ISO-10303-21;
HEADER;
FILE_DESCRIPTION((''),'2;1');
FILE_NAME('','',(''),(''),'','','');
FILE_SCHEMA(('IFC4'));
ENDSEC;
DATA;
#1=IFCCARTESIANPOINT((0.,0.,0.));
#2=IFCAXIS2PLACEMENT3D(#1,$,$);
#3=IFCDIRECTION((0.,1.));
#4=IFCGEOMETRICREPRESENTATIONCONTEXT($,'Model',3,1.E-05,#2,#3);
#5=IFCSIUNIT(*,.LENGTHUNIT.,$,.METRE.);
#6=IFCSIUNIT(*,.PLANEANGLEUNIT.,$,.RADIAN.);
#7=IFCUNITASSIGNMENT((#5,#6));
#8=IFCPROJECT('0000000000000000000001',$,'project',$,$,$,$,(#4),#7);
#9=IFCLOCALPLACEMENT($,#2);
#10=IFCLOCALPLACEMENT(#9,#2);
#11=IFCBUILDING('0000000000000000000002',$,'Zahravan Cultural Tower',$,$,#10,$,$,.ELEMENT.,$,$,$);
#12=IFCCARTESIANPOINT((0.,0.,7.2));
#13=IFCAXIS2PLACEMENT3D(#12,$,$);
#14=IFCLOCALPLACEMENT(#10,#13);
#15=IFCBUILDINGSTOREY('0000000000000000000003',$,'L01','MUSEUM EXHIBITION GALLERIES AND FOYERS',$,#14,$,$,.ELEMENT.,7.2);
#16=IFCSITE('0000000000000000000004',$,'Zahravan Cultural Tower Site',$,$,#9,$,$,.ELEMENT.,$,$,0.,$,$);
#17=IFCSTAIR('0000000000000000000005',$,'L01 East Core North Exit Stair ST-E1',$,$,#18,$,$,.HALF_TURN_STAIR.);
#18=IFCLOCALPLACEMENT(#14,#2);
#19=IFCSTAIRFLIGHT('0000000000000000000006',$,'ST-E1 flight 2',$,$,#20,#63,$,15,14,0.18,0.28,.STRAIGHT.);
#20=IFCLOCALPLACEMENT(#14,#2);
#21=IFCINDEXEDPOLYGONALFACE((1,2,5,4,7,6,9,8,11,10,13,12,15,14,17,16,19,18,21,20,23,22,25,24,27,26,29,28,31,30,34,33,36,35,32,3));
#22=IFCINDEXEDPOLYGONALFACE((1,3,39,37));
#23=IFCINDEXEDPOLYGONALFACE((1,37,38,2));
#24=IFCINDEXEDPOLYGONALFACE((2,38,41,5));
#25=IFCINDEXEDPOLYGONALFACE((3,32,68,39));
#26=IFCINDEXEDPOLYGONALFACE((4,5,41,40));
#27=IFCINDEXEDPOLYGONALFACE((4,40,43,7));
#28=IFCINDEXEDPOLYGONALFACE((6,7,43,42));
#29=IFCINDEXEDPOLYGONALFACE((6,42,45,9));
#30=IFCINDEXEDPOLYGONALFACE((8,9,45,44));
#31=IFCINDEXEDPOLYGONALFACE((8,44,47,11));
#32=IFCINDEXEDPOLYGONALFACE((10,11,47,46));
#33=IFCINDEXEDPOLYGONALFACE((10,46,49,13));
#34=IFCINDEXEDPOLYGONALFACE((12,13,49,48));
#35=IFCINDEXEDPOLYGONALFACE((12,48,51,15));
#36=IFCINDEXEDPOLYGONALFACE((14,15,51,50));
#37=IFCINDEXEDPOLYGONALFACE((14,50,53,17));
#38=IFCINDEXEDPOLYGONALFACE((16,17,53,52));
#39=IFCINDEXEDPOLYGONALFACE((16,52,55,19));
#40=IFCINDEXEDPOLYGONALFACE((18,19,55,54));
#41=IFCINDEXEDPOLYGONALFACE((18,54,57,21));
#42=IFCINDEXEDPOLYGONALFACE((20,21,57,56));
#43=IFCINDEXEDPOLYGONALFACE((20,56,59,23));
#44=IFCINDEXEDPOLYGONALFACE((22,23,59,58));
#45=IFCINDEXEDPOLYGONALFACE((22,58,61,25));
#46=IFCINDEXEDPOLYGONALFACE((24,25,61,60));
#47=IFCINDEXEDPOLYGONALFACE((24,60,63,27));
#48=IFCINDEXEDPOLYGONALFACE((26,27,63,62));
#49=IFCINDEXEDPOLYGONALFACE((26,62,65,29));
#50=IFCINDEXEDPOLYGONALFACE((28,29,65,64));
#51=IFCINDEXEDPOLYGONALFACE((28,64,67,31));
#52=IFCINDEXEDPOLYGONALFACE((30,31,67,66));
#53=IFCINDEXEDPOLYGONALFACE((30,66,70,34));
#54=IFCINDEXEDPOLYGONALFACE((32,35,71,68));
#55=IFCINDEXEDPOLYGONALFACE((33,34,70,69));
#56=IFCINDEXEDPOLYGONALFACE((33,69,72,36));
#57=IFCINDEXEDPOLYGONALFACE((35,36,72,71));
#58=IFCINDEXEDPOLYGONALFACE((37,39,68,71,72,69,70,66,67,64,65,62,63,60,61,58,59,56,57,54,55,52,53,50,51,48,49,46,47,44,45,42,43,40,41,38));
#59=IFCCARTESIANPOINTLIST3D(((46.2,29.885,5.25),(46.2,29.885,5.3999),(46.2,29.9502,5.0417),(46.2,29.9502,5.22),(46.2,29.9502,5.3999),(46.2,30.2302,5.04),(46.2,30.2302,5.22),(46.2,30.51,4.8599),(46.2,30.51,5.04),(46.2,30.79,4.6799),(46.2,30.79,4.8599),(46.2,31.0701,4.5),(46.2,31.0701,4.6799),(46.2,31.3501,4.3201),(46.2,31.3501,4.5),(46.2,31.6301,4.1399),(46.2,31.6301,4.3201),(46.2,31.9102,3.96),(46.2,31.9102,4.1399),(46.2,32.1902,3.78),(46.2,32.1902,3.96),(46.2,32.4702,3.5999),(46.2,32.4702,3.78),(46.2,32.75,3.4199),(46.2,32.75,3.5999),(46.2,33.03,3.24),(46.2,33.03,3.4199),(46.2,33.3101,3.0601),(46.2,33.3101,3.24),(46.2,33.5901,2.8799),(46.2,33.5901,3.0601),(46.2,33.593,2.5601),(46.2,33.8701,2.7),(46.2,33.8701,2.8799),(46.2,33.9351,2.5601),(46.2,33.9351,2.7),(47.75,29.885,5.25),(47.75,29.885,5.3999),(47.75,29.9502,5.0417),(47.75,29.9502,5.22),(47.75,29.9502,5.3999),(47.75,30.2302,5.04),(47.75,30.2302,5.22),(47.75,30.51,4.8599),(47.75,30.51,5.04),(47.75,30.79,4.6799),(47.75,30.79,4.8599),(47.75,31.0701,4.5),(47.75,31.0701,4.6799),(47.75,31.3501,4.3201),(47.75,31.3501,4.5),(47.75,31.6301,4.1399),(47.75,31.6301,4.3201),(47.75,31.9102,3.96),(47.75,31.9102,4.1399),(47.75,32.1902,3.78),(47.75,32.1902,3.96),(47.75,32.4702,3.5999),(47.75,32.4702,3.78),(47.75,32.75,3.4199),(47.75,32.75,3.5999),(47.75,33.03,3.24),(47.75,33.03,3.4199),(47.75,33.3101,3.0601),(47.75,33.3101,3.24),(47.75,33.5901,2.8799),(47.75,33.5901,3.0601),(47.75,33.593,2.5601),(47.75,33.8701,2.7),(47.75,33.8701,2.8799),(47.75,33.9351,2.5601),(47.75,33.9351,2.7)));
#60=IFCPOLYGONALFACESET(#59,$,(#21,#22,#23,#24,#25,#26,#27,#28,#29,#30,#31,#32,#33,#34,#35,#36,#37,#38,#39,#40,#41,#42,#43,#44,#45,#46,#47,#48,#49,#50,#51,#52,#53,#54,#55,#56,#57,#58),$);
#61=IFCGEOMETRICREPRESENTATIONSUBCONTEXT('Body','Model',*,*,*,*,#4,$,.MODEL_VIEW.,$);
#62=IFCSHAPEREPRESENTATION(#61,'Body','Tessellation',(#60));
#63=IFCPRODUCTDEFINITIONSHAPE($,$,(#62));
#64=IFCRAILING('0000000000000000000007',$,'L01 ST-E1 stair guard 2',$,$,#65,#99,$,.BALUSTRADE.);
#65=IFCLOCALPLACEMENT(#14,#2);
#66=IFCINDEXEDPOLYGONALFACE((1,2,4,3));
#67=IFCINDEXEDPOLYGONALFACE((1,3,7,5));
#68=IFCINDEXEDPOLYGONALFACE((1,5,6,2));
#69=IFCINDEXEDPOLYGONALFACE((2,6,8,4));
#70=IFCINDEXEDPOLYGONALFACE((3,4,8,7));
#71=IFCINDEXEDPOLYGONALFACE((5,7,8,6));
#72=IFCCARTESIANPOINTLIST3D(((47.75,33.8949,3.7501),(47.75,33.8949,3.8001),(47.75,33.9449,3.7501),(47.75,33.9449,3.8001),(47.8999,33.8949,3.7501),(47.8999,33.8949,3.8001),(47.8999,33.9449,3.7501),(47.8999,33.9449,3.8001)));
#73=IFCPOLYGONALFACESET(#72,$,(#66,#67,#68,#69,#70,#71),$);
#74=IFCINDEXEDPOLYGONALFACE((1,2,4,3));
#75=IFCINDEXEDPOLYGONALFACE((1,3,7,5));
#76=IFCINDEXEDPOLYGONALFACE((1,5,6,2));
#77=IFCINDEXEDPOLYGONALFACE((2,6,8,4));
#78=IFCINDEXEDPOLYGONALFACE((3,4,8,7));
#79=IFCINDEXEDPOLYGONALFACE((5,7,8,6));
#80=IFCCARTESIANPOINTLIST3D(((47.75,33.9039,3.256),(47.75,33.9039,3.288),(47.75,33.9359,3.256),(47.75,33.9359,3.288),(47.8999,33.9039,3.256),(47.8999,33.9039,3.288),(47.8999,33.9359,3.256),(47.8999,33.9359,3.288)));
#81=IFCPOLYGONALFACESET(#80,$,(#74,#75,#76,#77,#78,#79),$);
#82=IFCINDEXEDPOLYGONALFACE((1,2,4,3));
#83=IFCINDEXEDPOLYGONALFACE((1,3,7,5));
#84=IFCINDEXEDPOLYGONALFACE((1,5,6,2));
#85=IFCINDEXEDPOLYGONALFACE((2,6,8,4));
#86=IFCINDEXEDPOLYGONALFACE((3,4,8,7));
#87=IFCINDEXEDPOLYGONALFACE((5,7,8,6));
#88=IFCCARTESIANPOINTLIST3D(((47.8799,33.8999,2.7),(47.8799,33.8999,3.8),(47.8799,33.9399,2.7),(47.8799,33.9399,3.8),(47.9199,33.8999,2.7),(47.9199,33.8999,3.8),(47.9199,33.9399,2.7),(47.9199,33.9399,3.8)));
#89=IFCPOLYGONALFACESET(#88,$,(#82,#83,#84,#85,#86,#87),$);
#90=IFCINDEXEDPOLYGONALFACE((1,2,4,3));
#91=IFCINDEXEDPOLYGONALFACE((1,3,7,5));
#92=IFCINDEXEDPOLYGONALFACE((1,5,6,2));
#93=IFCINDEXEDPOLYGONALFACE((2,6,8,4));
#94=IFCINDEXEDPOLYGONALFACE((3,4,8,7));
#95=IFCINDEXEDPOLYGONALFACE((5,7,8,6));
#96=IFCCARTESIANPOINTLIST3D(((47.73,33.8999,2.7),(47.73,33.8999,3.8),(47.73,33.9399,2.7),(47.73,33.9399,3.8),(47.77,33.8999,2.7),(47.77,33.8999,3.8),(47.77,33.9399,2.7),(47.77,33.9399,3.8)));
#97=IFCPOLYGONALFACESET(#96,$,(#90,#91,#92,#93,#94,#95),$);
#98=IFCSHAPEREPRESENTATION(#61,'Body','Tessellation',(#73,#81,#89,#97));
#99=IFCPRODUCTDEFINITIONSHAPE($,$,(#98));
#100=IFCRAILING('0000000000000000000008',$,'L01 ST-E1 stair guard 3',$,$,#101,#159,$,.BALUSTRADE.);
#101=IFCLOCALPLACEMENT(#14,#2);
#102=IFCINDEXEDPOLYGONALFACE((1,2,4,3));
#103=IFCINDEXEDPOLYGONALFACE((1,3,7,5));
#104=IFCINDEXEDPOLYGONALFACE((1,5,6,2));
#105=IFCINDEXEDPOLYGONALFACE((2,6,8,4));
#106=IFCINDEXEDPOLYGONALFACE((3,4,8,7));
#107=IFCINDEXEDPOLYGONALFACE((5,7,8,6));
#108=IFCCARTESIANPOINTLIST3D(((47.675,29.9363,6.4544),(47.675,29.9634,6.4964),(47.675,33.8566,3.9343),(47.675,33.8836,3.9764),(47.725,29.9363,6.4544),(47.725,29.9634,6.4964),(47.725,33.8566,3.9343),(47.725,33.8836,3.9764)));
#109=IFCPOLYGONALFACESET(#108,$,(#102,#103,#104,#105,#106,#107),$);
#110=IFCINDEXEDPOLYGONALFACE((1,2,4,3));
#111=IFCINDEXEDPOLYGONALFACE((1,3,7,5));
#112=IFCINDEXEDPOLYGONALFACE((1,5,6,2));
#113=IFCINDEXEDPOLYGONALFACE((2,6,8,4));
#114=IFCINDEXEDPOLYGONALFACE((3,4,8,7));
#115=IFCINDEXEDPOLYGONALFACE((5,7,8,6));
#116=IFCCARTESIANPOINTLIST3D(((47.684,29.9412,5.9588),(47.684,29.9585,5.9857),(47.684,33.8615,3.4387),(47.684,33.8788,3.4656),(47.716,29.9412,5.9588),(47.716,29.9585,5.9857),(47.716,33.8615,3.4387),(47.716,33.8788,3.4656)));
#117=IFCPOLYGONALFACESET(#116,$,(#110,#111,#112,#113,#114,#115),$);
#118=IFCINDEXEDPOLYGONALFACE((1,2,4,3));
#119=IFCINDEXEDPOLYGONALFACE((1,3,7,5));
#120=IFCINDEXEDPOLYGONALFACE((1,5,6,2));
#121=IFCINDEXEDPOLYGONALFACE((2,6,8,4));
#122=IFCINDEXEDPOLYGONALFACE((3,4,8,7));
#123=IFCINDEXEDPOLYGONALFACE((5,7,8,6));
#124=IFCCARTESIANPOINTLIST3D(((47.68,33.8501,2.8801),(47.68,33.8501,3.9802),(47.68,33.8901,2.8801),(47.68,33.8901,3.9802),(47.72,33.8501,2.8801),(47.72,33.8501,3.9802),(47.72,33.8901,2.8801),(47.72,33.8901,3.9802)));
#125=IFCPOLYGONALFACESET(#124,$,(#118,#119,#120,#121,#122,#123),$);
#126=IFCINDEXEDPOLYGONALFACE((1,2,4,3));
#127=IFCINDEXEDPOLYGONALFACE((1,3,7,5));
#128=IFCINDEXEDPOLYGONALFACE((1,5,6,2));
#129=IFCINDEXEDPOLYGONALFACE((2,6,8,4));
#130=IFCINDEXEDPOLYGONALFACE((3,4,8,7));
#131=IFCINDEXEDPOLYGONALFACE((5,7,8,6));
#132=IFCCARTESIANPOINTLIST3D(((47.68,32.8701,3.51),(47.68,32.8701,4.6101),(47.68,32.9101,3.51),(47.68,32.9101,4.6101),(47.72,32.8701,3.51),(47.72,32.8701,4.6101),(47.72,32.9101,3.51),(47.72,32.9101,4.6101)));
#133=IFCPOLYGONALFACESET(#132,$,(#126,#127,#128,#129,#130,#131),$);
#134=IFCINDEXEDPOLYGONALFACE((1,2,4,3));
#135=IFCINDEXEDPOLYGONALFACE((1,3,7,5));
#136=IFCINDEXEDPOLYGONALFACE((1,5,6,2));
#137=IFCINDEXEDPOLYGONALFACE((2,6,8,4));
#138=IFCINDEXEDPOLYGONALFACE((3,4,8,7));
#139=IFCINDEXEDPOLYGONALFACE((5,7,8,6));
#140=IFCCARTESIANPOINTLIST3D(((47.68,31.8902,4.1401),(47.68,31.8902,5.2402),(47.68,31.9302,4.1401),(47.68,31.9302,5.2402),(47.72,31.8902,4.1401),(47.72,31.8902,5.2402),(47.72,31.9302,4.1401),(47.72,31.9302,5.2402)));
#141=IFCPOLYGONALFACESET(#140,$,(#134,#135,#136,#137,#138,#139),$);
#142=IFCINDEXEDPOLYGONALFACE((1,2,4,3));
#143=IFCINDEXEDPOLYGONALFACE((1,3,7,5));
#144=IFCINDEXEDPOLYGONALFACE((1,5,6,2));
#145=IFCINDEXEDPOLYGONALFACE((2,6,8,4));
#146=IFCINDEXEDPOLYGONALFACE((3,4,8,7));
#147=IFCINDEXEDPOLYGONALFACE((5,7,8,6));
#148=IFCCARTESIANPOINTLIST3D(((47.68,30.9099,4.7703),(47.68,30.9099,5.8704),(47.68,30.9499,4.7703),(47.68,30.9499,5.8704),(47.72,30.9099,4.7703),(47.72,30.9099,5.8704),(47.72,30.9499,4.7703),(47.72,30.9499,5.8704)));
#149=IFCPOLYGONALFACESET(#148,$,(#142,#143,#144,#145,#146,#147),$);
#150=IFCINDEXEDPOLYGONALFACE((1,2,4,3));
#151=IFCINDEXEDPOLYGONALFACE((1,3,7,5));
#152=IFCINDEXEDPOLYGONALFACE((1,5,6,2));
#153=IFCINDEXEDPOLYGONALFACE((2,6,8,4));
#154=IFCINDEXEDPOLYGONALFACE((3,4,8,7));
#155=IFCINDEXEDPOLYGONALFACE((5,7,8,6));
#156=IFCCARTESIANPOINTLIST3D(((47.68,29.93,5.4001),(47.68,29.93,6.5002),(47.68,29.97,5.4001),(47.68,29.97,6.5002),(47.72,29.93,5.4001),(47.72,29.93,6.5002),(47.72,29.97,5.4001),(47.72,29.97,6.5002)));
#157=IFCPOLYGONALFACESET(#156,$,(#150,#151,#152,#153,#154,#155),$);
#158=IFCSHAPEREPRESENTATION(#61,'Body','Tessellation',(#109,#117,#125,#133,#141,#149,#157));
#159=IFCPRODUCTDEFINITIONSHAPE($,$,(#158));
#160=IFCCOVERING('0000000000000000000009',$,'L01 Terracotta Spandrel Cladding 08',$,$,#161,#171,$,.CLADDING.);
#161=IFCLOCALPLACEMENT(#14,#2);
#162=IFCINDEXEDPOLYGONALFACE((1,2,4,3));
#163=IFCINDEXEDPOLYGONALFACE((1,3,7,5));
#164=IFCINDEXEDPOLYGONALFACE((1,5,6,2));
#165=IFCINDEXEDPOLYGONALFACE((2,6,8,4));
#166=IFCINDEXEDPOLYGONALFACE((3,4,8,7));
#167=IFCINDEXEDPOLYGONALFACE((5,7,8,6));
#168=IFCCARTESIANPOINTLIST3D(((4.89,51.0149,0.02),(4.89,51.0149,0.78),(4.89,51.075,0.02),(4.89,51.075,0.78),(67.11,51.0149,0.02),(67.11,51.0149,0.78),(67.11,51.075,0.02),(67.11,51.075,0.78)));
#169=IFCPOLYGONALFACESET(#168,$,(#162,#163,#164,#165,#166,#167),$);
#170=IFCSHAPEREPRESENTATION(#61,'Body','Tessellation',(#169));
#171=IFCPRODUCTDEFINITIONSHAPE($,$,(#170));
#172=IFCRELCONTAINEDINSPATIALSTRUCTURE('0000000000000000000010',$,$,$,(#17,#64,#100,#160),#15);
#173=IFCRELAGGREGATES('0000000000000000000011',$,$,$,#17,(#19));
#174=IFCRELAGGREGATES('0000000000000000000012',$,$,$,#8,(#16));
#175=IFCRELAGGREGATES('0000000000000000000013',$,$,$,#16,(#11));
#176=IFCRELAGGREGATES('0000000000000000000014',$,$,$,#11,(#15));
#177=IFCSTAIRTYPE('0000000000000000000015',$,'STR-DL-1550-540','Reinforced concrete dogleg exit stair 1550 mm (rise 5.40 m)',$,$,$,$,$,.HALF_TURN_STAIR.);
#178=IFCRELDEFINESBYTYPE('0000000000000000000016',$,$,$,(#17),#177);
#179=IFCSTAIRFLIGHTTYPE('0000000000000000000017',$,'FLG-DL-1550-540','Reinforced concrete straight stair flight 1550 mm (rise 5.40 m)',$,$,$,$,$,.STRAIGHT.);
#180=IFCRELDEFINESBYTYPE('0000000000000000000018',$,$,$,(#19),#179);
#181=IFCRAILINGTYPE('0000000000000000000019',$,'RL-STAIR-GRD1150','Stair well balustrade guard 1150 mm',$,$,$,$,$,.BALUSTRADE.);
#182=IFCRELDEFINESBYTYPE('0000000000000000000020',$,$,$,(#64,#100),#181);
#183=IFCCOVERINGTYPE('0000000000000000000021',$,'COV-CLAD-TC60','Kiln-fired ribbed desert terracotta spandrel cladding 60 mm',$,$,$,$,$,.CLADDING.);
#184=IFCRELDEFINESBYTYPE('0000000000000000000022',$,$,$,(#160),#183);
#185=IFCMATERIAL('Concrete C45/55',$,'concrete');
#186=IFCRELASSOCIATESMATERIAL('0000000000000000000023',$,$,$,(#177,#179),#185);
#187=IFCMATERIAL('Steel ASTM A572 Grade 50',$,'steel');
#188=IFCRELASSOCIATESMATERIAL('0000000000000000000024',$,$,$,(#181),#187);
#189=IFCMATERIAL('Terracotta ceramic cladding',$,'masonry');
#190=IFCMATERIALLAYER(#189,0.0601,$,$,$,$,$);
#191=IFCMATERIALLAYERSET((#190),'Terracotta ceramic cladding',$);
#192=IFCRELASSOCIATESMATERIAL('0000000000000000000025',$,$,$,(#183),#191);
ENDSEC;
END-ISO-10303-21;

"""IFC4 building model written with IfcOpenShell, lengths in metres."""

from ifc_helpers import new_model, si_unit, direction, frame, origin, origin_2d, place, context, subcontext, project, spatial, polyline, rectangle, outline, extrude, source, transform, mapped, material, layer, layer_set, type_object, element, aggregate, save


model = new_model("IFC4")

# Units and contexts
model_context = context("Model", 3, precision=1e-05, world=origin(), true_north=direction((0.0, 1.0)))
body_context = subcontext(model_context, "Body", "Model", "MODEL_VIEW")
ifc_project = project(units=[si_unit("LENGTHUNIT", "METRE"), si_unit("PLANEANGLEUNIT", "RADIAN")], contexts=[model_context])

# Site, building, storey
site_placement = place(None, origin())
site = spatial("IfcSite", under=ifc_project, at=site_placement, Name="Zahravan Cultural Tower Site", CompositionType="ELEMENT", RefElevation=0.0)
building_placement = place(site_placement, origin())
building = spatial("IfcBuilding", under=site, at=building_placement, Name="Zahravan Cultural Tower", CompositionType="ELEMENT")
storey_placement = place(building_placement, frame((0.0, 0.0, 7.2)))
storey = spatial("IfcBuildingStorey", under=building, at=storey_placement, Name="L01", Description="MUSEUM EXHIBITION GALLERIES AND FOYERS", CompositionType="ELEMENT", Elevation=7.2)

# Shared definitions
ifc_material_1 = material(Name="Steel ASTM A572 Grade 50", Category="steel")

# Shared definitions
ifc_material_2 = material(Name="Concrete C45/55", Category="concrete")

# Stair, stair flight
stair_type = type_object("IfcStairType", Name="STR-DL-1550-540", Description="Reinforced concrete dogleg exit stair 1550 mm (rise 5.40 m)", PredefinedType="HALF_TURN_STAIR", material=ifc_material_2)
stair_placement = place(storey_placement, origin())
stair = element("IfcStair", 1, at=stair_placement, inside=storey, type_object=stair_type, Name="L01 East Core North Exit Stair ST-E1", PredefinedType="HALF_TURN_STAIR")
stair_flight_type = type_object("IfcStairFlightType", Name="FLG-DL-1550-540", Description="Reinforced concrete straight stair flight 1550 mm (rise 5.40 m)", PredefinedType="STRAIGHT", material=ifc_material_2)
stair_flight_placement = place(storey_placement, frame((46.9751, 33.8701, 2.7), z_axis=(0.0, 0.0, 1.0), x_axis=(0.0, -1.0, 0.0)))
stair_flight = element("IfcStairFlight", 2, at=stair_flight_placement, type_object=stair_flight_type, Name="ST-E1 flight 2", NumberOfRisers=15, NumberOfTreads=14, PredefinedType="STRAIGHT", RiserHeight=0.18, TreadLength=0.28, context=body_context, shape_type="SweptSolid", body=[
    extrude(outline(polyline([(-0.0649, -0.1399), (-0.0649, 0.0), (0.0, 0.0), (0.0, 0.1799), (0.28, 0.1799), (0.28, 0.3601), (0.5601, 0.3601), (0.5601, 0.54), (0.8401, 0.54), (0.8401, 0.72), (1.1201, 0.72), (1.1201, 0.8999), (1.3999, 0.8999), (1.3999, 1.0801), (1.6799, 1.0801), (1.6799, 1.26), (1.96, 1.26), (1.96, 1.4399), (2.24, 1.4399), (2.24, 1.6201), (2.52, 1.6201), (2.52, 1.8), (2.8, 1.8), (2.8, 1.98), (3.0801, 1.98), (3.0801, 2.1599), (3.3601, 2.1599), (3.3601, 2.3401), (3.6399, 2.3401), (3.6399, 2.52), (3.9199, 2.52), (3.9199, 2.7), (3.9851, 2.7), (3.9851, 2.55), (3.9199, 2.3418), (0.2771, -0.1399), (-0.0649, -0.1399)])), frame((0.0, 0.7749, 0.0), z_axis=(0.0, -1.0, 0.0), x_axis=(1.0, 0.0, 0.0)), (0.0, 0.0, 1.0), 1.55),
])
aggregate(stair, [stair_flight])

# Railings
railing_type = type_object("IfcRailingType", Name="RL-STAIR-GRD1150", Description="Stair well balustrade guard 1150 mm", PredefinedType="BALUSTRADE", material=ifc_material_1)
railing_1_placement = place(storey_placement, frame((47.8999, 33.9199, 2.7)))
element("IfcRailing", 3, at=railing_1_placement, inside=storey, type_object=railing_type, Name="L01 ST-E1 stair guard 2", PredefinedType="BALUSTRADE", context=body_context, shape_type="SweptSolid", body=[
    extrude(rectangle(XDim=0.05, YDim=0.05, at=origin_2d()), frame((0.0, 0.0, 1.0752), z_axis=(-1.0, 0.0, 0.0), x_axis=(0.0, -1.0, 0.0)), (0.0, 0.0, 1.0), 0.1499),
    extrude(rectangle(XDim=0.032, YDim=0.032, at=origin_2d()), frame((0.0, 0.0, 0.572), z_axis=(-1.0, 0.0, 0.0), x_axis=(0.0, -1.0, 0.0)), (0.0, 0.0, 1.0), 0.1499),
    extrude(rectangle(XDim=0.04, YDim=0.04, at=origin_2d()), origin(), (0.0, 0.0, 1.0), 1.1001),
    extrude(rectangle(XDim=0.04, YDim=0.04, at=origin_2d()), frame((-0.1499, 0.0, 0.0)), (0.0, 0.0, 1.0), 1.1001),
])
railing_2_placement = place(storey_placement, frame((47.7, 33.8701, 2.8801)))
element("IfcRailing", 4, at=railing_2_placement, inside=storey, type_object=railing_type, Name="L01 ST-E1 stair guard 3", PredefinedType="BALUSTRADE", context=body_context, shape_type="SweptSolid", body=[
    extrude(rectangle(XDim=0.05, YDim=0.05, at=origin_2d()), frame((0.0, 0.0, 1.0752), z_axis=(0.0, -0.841187, 0.540744), x_axis=(1.0, 0.0, 0.0)), (0.0, 0.0, 1.0), 4.6604),
    extrude(rectangle(XDim=0.032, YDim=0.032, at=origin_2d()), frame((0.0, 0.0, 0.572), z_axis=(0.0, -0.841187, 0.540744), x_axis=(1.0, 0.0, 0.0)), (0.0, 0.0, 1.0), 4.6604),
    extrude(rectangle(XDim=0.04, YDim=0.04, at=origin_2d()), origin(), (0.0, 0.0, 1.0), 1.1001),
    extrude(rectangle(XDim=0.04, YDim=0.04, at=origin_2d()), frame((0.0, -0.98, 0.6299)), (0.0, 0.0, 1.0), 1.1001),
    extrude(rectangle(XDim=0.04, YDim=0.04, at=origin_2d()), frame((0.0, -1.96, 1.26)), (0.0, 0.0, 1.0), 1.1001),
    extrude(rectangle(XDim=0.04, YDim=0.04, at=origin_2d()), frame((0.0, -2.9402, 1.8901)), (0.0, 0.0, 1.0), 1.1001),
    extrude(rectangle(XDim=0.04, YDim=0.04, at=origin_2d()), frame((0.0, -3.9202, 2.52)), (0.0, 0.0, 1.0), 1.1001),
])

# Covering
ifc_material_3 = material(Name="Terracotta ceramic cladding", Category="masonry")
ifc_layer_1 = layer(ifc_material_3, 0.0601)
ifc_layer_set_1 = layer_set([ifc_layer_1], Name="Terracotta ceramic cladding")
covering_type = type_object("IfcCoveringType", Name="COV-CLAD-TC60", Description="Kiln-fired ribbed desert terracotta spandrel cladding 60 mm", PredefinedType="CLADDING", material=ifc_layer_set_1)
shared_shape_1 = source(origin(), body_context, "Body", "SweptSolid", [
    extrude(rectangle(XDim=62.22, YDim=0.0601, at=origin_2d()), origin(), (0.0, 0.0, 1.0), 0.76),
])
covering_placement = place(storey_placement, frame((36.0, 51.0449, 0.02), z_axis=(0.0, 0.0, 1.0), x_axis=(1.0, 0.0, 0.0)))
element("IfcCovering", 5, at=covering_placement, inside=storey, type_object=covering_type, Name="L01 Terracotta Spandrel Cladding 08", PredefinedType="CLADDING", context=body_context, shape_type="MappedRepresentation", body=[
    mapped(shared_shape_1, transform((0.0, 0.0, 0.0), x_axis=(1.0, 0.0, 0.0), y_axis=(0.0, 1.0, 0.0), z_axis=(0.0, 0.0, 1.0), scale=1.0)),
])

save(model, "model.ifc")
